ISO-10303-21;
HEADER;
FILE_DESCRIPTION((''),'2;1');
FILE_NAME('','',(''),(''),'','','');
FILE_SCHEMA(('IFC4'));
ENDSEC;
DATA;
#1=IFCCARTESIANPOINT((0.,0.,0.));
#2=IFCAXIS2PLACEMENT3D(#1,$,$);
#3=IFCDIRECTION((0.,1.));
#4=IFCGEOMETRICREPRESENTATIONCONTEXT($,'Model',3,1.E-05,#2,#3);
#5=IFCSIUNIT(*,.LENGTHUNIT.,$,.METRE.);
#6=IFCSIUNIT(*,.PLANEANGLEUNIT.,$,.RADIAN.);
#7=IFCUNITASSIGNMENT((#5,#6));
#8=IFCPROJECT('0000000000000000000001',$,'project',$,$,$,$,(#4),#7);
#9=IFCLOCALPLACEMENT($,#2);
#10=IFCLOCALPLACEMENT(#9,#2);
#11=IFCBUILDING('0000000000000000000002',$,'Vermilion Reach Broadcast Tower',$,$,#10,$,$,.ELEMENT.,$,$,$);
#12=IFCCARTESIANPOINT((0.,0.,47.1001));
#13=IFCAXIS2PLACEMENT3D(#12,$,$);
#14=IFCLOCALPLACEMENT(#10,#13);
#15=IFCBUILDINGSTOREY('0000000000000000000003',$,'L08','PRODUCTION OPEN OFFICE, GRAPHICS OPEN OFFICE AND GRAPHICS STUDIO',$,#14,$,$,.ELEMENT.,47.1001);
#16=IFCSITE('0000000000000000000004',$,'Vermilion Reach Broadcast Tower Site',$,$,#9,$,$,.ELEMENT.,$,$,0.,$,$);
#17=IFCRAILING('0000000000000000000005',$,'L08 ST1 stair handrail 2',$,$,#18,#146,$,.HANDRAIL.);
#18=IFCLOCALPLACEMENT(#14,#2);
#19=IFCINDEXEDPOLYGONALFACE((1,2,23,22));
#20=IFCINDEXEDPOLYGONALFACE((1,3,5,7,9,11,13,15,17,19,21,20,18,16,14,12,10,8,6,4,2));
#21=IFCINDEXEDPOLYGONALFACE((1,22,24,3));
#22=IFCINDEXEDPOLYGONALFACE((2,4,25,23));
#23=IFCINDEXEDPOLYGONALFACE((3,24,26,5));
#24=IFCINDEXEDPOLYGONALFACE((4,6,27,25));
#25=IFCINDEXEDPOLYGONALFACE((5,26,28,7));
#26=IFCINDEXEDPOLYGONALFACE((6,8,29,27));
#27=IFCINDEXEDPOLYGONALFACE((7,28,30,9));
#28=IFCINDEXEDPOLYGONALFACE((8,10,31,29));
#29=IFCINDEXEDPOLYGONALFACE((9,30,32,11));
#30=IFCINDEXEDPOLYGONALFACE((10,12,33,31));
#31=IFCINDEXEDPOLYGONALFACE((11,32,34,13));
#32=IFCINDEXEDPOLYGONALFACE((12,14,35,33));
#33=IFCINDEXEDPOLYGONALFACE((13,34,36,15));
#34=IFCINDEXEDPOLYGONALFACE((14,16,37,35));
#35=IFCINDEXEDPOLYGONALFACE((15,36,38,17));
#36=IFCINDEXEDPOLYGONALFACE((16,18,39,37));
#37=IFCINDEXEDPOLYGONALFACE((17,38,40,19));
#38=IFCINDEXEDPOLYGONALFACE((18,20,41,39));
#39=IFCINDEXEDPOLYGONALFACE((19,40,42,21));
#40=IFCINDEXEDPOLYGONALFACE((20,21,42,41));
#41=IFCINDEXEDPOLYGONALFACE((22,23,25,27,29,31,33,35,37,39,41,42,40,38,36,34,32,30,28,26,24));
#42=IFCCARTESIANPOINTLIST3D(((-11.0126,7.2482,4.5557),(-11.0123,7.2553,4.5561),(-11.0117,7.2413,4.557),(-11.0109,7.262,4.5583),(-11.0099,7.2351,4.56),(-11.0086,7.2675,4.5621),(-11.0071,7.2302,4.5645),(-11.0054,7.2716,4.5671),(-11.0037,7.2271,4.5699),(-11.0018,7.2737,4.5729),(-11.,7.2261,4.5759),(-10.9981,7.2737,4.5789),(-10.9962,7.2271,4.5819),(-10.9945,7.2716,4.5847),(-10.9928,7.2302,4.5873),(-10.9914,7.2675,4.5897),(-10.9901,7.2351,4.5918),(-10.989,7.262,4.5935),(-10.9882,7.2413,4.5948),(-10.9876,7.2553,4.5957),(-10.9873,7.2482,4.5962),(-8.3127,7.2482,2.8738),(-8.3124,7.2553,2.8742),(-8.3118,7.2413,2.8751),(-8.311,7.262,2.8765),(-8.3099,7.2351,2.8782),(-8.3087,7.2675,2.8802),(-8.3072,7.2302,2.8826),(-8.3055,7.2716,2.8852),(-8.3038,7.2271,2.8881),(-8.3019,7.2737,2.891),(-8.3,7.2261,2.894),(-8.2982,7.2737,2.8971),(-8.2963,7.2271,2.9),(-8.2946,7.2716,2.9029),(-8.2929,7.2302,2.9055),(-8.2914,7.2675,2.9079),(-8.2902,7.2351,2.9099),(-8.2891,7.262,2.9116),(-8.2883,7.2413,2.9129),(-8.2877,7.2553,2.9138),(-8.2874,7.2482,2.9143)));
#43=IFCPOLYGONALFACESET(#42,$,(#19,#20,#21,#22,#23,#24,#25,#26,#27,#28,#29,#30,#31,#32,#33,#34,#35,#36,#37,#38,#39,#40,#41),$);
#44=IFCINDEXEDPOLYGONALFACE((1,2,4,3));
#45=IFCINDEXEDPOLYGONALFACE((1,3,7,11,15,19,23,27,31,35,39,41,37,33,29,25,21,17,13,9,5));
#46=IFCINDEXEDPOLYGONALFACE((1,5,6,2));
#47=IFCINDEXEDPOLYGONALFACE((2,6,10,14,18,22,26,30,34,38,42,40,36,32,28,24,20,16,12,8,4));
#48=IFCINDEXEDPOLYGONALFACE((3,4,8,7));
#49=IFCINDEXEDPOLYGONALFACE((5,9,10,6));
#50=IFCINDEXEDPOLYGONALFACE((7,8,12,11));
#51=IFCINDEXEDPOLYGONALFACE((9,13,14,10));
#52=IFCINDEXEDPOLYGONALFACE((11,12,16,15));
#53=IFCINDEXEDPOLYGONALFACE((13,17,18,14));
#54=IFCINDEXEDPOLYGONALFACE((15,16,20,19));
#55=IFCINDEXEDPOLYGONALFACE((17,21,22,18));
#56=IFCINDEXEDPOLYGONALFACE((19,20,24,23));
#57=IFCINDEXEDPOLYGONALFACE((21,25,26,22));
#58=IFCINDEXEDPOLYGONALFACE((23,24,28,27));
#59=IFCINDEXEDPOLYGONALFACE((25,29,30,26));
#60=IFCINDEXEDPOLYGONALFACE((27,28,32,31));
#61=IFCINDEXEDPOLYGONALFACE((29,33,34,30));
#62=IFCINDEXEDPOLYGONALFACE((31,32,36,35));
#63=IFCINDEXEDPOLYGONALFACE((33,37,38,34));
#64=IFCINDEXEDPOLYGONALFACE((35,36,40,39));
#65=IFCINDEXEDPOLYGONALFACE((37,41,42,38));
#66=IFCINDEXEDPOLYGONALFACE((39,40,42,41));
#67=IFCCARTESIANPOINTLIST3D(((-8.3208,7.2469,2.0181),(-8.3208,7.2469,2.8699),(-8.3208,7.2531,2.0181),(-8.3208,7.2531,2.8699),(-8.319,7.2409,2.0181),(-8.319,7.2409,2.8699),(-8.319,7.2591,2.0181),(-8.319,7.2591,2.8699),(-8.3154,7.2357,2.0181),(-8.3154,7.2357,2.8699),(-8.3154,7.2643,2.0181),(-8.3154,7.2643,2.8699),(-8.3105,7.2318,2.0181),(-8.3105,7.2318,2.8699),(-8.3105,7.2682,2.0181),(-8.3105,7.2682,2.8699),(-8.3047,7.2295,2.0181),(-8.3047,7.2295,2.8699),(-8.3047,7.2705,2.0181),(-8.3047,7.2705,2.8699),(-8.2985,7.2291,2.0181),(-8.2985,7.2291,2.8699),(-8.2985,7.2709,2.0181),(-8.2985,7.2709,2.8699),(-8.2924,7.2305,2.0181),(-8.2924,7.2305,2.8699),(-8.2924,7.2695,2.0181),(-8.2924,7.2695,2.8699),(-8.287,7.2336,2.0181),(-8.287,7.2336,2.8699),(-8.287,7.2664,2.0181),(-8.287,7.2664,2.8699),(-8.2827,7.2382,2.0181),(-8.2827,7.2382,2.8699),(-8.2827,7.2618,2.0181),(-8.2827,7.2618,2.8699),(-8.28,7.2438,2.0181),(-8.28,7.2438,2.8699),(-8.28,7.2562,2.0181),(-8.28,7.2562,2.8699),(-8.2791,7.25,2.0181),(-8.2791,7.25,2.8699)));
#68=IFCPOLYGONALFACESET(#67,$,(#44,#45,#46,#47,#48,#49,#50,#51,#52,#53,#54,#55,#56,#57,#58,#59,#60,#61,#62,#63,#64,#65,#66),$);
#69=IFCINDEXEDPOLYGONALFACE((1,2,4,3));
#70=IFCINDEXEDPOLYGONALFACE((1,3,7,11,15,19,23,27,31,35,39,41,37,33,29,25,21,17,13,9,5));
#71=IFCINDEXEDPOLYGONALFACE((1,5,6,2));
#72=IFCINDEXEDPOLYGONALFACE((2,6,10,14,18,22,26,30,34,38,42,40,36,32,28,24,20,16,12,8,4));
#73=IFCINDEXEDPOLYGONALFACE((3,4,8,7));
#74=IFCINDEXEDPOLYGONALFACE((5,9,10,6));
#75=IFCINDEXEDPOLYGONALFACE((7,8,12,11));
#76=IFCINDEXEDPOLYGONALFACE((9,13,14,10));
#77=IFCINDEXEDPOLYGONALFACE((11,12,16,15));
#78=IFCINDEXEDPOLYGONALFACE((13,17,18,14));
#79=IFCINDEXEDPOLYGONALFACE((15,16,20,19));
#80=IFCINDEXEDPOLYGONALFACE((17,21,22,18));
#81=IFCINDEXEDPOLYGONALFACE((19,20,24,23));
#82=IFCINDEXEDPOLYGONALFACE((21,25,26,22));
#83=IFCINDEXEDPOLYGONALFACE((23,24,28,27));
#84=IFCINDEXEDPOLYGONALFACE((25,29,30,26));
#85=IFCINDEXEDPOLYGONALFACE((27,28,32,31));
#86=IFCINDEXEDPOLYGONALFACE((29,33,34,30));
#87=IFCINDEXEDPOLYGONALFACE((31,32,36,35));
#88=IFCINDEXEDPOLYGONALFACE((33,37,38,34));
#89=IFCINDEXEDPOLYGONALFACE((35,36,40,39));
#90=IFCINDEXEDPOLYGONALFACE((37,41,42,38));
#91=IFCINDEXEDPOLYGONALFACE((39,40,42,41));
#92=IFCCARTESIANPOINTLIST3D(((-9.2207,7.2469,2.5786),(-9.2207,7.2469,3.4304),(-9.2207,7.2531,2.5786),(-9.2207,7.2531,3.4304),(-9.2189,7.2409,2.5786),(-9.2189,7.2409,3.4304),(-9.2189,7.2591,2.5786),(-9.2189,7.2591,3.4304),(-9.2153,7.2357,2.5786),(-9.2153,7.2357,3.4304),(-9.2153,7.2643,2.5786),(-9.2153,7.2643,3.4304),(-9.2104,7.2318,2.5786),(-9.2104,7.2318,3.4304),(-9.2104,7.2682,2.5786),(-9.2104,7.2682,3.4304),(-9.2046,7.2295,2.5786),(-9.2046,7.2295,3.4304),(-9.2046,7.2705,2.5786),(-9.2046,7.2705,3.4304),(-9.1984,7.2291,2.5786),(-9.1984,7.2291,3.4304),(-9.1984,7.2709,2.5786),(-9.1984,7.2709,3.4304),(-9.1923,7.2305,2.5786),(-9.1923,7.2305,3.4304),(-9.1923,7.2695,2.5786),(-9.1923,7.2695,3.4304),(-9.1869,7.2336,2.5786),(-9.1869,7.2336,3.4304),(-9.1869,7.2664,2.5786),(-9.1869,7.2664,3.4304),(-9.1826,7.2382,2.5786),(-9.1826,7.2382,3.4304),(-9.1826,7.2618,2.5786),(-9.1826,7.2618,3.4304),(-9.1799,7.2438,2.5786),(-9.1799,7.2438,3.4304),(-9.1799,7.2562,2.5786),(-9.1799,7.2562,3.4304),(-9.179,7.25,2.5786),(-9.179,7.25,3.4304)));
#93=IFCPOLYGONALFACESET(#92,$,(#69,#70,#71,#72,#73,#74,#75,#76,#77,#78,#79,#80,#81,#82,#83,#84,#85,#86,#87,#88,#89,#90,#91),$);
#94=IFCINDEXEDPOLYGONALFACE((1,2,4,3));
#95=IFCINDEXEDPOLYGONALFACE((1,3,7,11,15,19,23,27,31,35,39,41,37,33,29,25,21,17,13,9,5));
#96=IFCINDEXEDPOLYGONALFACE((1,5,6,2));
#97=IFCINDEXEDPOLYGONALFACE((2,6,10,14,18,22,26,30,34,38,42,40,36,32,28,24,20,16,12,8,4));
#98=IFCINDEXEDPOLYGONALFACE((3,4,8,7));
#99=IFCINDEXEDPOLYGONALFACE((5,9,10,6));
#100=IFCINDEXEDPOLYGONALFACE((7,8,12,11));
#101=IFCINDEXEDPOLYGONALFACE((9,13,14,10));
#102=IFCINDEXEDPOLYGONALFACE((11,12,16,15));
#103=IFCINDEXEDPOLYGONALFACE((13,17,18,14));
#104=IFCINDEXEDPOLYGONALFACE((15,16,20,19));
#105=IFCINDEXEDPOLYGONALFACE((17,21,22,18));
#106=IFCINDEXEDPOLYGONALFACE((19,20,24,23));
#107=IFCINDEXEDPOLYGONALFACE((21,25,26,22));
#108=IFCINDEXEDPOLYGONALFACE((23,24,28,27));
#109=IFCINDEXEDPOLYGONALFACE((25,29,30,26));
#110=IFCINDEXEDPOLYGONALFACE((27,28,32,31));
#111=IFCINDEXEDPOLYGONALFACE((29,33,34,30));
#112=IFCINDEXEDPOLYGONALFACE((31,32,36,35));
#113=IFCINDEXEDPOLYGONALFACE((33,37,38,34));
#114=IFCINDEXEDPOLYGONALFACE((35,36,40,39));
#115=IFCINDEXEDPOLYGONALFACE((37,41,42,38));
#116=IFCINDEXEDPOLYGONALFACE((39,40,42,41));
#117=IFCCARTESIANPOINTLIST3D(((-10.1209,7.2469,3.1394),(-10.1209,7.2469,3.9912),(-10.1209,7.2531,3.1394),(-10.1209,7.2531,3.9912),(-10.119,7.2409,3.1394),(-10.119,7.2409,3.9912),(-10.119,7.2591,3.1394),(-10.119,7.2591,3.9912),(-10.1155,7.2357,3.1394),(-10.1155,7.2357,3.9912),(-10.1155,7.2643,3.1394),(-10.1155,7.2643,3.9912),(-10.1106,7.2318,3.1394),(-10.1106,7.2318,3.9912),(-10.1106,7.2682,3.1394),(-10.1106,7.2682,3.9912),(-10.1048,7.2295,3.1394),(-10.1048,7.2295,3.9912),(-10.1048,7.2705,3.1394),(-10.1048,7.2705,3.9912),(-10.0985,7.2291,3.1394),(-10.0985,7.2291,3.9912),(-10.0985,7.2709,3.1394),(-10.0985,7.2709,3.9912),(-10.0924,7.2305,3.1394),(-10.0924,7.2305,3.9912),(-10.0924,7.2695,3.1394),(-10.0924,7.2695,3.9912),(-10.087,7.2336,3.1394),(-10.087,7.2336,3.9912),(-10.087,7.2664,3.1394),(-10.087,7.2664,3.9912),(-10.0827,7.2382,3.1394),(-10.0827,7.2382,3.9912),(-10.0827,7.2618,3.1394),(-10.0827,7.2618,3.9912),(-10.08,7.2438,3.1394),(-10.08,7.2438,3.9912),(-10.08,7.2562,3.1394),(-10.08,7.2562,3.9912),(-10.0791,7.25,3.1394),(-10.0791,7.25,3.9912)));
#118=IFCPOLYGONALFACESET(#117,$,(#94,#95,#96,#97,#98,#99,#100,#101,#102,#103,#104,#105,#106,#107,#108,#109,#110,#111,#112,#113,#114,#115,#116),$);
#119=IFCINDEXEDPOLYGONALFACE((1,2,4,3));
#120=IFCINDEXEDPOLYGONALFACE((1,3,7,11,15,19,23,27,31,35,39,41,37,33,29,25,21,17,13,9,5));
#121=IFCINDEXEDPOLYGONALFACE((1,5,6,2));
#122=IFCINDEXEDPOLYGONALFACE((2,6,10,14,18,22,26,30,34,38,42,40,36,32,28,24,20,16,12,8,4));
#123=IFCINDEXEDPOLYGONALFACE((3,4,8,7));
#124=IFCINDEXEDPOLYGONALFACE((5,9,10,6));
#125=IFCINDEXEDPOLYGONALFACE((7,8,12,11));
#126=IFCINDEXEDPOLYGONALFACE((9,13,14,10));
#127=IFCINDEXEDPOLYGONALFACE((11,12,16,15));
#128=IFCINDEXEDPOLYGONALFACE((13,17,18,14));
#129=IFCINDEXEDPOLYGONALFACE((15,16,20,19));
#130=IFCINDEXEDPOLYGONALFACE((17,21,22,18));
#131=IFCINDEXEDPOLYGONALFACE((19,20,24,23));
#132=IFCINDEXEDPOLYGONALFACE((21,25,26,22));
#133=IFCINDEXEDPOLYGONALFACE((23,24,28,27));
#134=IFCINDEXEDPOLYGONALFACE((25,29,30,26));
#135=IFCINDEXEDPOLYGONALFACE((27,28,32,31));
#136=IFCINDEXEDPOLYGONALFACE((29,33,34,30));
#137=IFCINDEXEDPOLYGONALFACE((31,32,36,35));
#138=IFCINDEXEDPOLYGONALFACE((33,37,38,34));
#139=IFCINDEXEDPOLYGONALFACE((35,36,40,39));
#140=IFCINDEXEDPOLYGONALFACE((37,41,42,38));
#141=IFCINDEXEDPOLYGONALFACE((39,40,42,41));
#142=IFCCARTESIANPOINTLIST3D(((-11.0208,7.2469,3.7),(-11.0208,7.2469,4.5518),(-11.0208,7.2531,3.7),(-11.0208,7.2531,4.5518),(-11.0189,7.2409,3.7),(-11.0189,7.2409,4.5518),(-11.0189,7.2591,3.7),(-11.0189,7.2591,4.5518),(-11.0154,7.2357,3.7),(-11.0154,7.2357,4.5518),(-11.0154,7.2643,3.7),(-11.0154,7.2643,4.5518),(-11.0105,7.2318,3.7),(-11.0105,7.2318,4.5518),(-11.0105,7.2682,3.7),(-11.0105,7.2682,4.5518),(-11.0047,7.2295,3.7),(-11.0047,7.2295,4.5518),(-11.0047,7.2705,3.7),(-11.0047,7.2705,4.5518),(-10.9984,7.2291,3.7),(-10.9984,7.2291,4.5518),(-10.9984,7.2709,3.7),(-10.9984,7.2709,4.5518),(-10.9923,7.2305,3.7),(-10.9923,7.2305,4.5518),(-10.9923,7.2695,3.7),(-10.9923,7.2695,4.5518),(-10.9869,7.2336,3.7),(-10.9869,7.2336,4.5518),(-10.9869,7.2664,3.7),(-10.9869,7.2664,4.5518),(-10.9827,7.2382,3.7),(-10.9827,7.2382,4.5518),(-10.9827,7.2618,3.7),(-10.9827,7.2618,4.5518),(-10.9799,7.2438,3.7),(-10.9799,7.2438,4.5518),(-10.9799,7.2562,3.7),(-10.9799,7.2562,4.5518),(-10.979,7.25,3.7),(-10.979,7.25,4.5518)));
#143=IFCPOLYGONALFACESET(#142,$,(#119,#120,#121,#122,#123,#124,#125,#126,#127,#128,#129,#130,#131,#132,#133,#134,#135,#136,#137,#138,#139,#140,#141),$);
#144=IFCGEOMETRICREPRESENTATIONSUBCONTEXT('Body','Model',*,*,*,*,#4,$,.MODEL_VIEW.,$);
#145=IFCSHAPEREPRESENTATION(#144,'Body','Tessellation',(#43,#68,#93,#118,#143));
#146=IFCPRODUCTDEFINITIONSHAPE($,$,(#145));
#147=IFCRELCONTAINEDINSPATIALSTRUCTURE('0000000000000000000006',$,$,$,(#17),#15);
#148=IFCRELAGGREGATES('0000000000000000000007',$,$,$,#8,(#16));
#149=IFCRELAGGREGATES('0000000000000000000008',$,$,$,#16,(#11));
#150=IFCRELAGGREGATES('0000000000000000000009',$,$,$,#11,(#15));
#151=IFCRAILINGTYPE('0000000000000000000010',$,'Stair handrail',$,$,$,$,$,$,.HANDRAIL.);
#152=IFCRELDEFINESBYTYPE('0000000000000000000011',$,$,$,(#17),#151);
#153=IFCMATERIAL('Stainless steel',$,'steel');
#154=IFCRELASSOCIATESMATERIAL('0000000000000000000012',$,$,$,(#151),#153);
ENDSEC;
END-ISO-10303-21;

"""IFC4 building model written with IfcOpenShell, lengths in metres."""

from ifc_helpers import new_model, si_unit, direction, frame, origin, origin_2d, place, context, subcontext, project, spatial, circle, extrude, material, type_object, element, save


model = new_model("IFC4")

# Units and contexts
model_context = context("Model", 3, precision=1e-05, world=origin(), true_north=direction((0.0, 1.0)))
body_context = subcontext(model_context, "Body", "Model", "MODEL_VIEW")
ifc_project = project(units=[si_unit("LENGTHUNIT", "METRE"), si_unit("PLANEANGLEUNIT", "RADIAN")], contexts=[model_context])

# Site, building, storey
site_placement = place(None, origin())
site = spatial("IfcSite", under=ifc_project, at=site_placement, Name="Vermilion Reach Broadcast Tower Site", CompositionType="ELEMENT", RefElevation=0.0)
building_placement = place(site_placement, origin())
building = spatial("IfcBuilding", under=site, at=building_placement, Name="Vermilion Reach Broadcast Tower", CompositionType="ELEMENT")
storey_placement = place(building_placement, frame((0.0, 0.0, 47.1001)))
storey = spatial("IfcBuildingStorey", under=building, at=storey_placement, Name="L08", Description="PRODUCTION OPEN OFFICE, GRAPHICS OPEN OFFICE AND GRAPHICS STUDIO", CompositionType="ELEMENT", Elevation=47.1001)

# Railing
ifc_material_1 = material(Name="Stainless steel", Category="steel")
railing_type_1 = type_object("IfcRailingType", Name="Stair handrail", PredefinedType="HANDRAIL", material=ifc_material_1)
railing_1_placement = place(storey_placement, frame((-8.3, 7.25, 2.0181)))
element("IfcRailing", 1, at=railing_1_placement, inside=storey, type_object=railing_type_1, Name="L08 ST1 stair handrail 2", PredefinedType="HANDRAIL", context=body_context, shape_type="SweptSolid", body=[
    extrude(circle(Radius=0.0239, at=origin_2d()), frame((0.0, 0.0, 0.876), z_axis=(-0.848786, 0.0, 0.528736), x_axis=(0.0, -1.0, 0.0)), (0.0, 0.0, 1.0), 3.1809),
    extrude(circle(Radius=0.021, at=origin_2d()), origin(), (0.0, 0.0, 1.0), 0.8518),
    extrude(circle(Radius=0.021, at=origin_2d()), frame((-0.8999, 0.0, 0.5605)), (0.0, 0.0, 1.0), 0.8518),
    extrude(circle(Radius=0.021, at=origin_2d()), frame((-1.8, 0.0, 1.1213)), (0.0, 0.0, 1.0), 0.8518),
    extrude(circle(Radius=0.021, at=origin_2d()), frame((-2.7, 0.0, 1.6819)), (0.0, 0.0, 1.0), 0.8518),
])

save(model, "model.ifc")
